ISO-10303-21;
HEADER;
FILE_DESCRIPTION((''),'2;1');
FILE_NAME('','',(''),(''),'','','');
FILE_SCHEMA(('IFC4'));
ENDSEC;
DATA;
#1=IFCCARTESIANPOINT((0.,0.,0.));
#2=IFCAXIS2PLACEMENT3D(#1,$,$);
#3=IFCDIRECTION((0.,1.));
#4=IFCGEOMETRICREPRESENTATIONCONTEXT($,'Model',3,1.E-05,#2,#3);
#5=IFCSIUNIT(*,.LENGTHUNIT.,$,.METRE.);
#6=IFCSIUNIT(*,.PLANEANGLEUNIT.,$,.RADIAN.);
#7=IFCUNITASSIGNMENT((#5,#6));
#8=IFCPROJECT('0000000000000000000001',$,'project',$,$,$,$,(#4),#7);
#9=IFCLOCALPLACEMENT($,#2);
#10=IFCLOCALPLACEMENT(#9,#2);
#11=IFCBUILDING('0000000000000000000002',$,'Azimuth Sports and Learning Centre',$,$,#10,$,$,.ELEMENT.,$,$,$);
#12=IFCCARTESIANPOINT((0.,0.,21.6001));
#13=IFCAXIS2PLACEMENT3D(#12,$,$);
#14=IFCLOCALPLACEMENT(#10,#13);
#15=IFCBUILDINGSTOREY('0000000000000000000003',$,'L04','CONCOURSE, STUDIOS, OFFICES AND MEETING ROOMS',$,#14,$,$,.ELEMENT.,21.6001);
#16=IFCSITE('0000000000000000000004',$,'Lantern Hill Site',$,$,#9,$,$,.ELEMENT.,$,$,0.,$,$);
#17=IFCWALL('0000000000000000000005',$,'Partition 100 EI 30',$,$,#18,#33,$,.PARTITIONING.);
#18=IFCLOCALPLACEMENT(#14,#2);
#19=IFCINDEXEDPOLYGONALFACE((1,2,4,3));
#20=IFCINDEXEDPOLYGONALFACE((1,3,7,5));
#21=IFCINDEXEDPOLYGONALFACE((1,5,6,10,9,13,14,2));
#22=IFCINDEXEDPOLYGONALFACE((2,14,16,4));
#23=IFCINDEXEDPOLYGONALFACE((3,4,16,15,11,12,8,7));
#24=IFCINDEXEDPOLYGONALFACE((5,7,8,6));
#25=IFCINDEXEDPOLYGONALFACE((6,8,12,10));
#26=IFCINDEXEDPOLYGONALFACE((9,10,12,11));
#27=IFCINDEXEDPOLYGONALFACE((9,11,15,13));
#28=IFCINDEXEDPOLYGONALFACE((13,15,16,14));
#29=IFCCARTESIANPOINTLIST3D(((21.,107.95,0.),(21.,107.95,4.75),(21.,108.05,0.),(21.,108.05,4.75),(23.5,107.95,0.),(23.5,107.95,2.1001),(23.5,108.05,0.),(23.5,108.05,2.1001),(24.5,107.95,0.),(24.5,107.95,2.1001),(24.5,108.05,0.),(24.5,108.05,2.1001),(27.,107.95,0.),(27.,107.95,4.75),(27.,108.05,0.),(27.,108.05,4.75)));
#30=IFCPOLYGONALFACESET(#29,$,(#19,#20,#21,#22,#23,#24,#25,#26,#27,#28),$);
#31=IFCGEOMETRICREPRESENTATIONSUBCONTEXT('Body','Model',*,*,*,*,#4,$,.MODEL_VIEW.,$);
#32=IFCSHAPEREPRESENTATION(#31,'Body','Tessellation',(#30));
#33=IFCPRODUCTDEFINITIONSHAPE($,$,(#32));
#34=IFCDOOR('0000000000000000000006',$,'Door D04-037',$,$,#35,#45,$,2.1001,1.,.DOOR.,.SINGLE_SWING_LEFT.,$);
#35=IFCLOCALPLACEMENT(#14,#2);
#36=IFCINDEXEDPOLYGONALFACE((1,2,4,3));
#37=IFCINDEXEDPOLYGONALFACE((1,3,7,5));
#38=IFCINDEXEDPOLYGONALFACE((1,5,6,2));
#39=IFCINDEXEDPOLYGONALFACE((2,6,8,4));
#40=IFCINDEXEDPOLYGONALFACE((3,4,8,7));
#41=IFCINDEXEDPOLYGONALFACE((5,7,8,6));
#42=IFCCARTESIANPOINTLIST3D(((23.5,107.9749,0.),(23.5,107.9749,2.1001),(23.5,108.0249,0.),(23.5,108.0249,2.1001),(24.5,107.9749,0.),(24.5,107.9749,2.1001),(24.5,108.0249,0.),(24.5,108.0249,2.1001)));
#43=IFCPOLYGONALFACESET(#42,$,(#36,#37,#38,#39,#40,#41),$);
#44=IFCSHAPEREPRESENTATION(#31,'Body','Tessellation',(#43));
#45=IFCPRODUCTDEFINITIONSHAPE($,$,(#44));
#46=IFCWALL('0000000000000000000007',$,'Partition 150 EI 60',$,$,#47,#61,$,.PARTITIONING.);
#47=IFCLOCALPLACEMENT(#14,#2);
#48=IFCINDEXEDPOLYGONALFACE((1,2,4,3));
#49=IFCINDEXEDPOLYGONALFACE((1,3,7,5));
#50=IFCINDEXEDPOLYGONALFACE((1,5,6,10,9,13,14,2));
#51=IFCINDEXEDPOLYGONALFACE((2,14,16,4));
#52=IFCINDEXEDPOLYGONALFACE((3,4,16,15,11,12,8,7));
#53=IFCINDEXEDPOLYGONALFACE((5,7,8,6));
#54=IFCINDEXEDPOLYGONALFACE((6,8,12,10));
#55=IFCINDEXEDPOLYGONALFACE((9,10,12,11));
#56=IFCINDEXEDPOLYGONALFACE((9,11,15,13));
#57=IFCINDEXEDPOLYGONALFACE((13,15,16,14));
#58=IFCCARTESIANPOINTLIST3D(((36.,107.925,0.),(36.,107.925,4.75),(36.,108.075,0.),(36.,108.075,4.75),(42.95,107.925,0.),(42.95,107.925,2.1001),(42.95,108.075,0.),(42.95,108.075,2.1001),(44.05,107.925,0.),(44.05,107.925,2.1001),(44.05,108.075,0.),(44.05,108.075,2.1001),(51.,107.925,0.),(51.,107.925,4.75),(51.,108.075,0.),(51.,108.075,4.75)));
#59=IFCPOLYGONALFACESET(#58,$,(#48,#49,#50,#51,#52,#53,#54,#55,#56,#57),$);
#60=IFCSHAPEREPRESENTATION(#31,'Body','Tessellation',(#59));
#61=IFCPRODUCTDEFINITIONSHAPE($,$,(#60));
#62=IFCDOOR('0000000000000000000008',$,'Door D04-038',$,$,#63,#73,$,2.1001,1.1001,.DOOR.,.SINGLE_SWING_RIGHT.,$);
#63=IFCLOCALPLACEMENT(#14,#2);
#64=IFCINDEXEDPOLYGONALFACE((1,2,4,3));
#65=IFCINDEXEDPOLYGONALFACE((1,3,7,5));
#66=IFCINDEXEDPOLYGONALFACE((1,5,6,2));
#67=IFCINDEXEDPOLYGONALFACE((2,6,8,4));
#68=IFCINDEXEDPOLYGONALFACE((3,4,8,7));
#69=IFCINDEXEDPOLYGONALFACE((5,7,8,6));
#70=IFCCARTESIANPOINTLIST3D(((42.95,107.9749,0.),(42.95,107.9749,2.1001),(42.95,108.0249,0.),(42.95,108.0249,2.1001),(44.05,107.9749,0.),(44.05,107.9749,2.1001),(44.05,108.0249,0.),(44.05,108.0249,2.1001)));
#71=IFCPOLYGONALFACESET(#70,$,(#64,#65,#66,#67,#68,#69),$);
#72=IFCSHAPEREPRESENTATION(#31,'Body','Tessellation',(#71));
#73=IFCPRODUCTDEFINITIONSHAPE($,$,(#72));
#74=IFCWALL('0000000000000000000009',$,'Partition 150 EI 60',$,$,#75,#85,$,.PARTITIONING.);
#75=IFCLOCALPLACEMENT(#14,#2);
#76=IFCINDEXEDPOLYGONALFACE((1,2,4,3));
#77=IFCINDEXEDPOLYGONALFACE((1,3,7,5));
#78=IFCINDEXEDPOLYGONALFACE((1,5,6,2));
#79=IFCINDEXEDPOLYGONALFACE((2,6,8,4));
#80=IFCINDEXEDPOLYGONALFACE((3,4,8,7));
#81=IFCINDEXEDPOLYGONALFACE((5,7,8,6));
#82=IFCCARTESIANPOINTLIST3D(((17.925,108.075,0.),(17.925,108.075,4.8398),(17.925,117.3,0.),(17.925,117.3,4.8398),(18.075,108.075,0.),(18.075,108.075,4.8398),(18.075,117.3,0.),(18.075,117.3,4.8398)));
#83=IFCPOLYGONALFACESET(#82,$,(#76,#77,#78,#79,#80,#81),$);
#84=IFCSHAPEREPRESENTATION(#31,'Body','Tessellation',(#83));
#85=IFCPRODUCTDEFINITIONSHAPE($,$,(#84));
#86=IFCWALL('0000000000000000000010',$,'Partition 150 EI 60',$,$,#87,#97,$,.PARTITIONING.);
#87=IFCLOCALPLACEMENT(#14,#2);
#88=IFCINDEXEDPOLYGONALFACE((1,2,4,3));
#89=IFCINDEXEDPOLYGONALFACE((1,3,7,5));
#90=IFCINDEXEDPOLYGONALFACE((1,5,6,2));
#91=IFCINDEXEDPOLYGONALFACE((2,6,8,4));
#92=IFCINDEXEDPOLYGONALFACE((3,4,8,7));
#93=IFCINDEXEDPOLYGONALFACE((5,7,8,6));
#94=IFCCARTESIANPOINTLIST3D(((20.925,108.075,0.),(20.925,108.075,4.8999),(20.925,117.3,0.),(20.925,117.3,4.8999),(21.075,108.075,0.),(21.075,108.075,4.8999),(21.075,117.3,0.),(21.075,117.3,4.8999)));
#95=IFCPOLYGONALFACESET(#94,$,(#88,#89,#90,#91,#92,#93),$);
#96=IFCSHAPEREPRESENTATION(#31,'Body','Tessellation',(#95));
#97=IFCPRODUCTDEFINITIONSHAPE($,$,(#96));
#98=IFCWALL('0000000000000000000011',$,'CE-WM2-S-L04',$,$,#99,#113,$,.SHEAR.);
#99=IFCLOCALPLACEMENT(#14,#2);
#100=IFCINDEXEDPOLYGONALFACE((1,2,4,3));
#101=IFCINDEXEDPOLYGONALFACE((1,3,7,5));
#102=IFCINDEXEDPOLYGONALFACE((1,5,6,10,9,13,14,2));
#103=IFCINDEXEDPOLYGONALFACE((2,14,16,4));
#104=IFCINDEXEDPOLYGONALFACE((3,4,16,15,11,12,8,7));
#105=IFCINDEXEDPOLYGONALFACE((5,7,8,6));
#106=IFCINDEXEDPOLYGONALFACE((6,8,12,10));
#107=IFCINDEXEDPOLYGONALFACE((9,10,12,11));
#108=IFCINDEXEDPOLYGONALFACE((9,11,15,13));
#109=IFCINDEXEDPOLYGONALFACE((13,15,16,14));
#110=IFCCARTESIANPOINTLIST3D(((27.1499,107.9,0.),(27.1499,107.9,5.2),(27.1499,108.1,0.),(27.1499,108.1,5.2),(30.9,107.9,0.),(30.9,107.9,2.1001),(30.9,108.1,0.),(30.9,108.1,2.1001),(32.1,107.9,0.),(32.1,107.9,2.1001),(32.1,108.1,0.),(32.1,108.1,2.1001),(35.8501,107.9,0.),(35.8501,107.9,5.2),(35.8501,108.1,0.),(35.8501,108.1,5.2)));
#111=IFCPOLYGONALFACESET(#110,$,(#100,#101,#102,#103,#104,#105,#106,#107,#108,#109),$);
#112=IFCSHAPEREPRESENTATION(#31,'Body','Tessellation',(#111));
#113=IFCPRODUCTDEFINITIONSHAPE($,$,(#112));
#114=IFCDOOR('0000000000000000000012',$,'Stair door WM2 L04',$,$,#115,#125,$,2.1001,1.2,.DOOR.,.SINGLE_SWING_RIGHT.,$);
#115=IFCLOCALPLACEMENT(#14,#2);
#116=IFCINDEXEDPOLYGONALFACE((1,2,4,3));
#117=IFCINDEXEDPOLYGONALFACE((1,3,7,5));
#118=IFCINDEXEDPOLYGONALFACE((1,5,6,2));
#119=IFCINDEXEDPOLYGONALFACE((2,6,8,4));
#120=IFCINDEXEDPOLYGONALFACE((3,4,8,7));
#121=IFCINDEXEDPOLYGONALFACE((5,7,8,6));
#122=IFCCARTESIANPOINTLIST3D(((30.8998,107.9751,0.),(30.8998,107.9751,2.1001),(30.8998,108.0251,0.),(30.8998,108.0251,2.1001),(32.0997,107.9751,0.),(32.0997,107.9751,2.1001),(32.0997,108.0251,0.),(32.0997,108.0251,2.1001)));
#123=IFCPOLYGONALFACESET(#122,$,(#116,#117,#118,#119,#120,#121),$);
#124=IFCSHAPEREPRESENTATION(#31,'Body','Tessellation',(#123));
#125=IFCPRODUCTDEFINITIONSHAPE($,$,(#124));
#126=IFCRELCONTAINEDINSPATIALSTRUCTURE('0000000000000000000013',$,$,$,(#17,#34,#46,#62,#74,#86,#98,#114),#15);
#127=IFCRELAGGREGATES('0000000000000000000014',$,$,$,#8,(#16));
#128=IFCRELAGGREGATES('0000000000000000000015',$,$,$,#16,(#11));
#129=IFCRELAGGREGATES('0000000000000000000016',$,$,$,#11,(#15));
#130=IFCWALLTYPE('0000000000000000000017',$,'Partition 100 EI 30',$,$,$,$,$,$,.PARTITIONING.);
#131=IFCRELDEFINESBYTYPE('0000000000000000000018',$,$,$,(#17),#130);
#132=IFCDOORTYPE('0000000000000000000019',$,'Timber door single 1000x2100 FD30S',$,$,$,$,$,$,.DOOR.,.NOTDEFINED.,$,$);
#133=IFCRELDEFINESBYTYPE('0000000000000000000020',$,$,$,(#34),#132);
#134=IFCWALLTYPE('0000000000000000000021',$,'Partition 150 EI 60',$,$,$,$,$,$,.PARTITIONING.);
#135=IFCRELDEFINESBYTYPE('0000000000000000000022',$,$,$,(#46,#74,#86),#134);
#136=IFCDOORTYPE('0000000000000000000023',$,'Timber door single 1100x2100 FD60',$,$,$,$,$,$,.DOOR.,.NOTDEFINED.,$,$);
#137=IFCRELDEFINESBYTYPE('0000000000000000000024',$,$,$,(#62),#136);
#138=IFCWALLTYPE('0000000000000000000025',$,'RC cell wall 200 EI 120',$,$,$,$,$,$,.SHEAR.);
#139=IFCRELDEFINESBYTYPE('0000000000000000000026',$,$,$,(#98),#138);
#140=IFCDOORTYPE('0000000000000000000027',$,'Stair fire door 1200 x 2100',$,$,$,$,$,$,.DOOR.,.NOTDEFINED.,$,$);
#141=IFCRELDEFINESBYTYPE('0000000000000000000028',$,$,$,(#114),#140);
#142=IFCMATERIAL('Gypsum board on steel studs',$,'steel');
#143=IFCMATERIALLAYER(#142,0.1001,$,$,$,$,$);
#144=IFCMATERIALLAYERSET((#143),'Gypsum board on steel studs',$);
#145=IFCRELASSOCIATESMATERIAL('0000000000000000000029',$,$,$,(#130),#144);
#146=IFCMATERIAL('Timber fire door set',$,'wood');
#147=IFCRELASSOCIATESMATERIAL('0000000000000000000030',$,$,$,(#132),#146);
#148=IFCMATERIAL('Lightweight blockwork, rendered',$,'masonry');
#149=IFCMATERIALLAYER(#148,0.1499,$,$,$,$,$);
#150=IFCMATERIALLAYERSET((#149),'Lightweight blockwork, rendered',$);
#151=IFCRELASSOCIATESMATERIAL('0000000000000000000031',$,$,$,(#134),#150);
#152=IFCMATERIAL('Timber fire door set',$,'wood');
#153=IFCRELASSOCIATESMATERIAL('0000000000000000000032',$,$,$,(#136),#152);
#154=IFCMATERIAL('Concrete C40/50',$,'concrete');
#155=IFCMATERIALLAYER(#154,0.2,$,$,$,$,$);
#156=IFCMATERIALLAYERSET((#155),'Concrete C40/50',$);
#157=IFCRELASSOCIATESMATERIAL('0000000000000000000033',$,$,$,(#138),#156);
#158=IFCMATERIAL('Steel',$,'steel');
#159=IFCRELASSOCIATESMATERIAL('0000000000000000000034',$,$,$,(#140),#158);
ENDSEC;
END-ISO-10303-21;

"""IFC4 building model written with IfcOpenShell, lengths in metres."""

from ifc_helpers import new_model, si_unit, direction, frame, frame_2d, origin, place, context, subcontext, project, spatial, rectangle, extrude, material, layer, layer_set, type_object, element, fill, save


model = new_model("IFC4")

# Units and contexts
model_context = context("Model", 3, precision=1e-05, world=origin(), true_north=direction((0.0, 1.0)))
body_context = subcontext(model_context, "Body", "Model", "MODEL_VIEW")
ifc_project = project(units=[si_unit("LENGTHUNIT", "METRE"), si_unit("PLANEANGLEUNIT", "RADIAN")], contexts=[model_context])

# Site, building, storey
site_placement = place(None, origin())
site = spatial("IfcSite", under=ifc_project, at=site_placement, Name="Lantern Hill Site", CompositionType="ELEMENT", RefElevation=0.0)
building_placement = place(site_placement, origin())
building = spatial("IfcBuilding", under=site, at=building_placement, Name="Azimuth Sports and Learning Centre", CompositionType="ELEMENT")
storey_placement = place(building_placement, frame((0.0, 0.0, 21.6001)))
storey = spatial("IfcBuildingStorey", under=building, at=storey_placement, Name="L04", Description="CONCOURSE, STUDIOS, OFFICES AND MEETING ROOMS", CompositionType="ELEMENT", Elevation=21.6001)

# Walls, openings, doors
ifc_material_1 = material(Name="Gypsum board on steel studs", Category="steel")
ifc_layer_1 = layer(ifc_material_1, 0.1001)
ifc_layer_set_1 = layer_set([ifc_layer_1], Name="Gypsum board on steel studs")
wall_type_1 = type_object("IfcWallType", Name="Partition 100 EI 30", PredefinedType="PARTITIONING", material=ifc_layer_set_1)
wall_1_placement = place(storey_placement, frame((21.0, 108.0, 0.0), z_axis=(0.0, 0.0, 1.0), x_axis=(1.0, 0.0, 0.0)))
wall_1 = element("IfcWall", 1, at=wall_1_placement, inside=storey, type_object=wall_type_1, Name="Partition 100 EI 30", PredefinedType="PARTITIONING", context=body_context, shape_type="SweptSolid", body=[
    extrude(rectangle(XDim=6.0, YDim=0.1001, at=frame_2d((3.0, 0.0))), origin(), (0.0, 0.0, 1.0), 4.75),
])
opening_1_placement = place(wall_1_placement, frame((2.5, 0.0, 0.0)))
opening_1 = element("IfcOpeningElement", 2, at=opening_1_placement, cuts=wall_1, PredefinedType="OPENING", context=body_context, shape_type="SweptSolid", body=[
    extrude(rectangle(XDim=1.0, YDim=2.1001, at=frame_2d((0.5, 1.05))), frame((0.0, 0.061, 0.0), z_axis=(0.0, -1.0, 0.0), x_axis=(1.0, 0.0, 0.0)), (0.0, 0.0, 1.0), 0.1221),
])
ifc_material_2 = material(Name="Timber fire door set", Category="wood")
door_type_1 = type_object("IfcDoorType", Name="Timber door single 1000x2100 FD30S", OperationType="NOTDEFINED", PredefinedType="DOOR", material=ifc_material_2)
door_1_placement = place(opening_1_placement, origin())
door_1 = element("IfcDoor", 3, at=door_1_placement, inside=storey, type_object=door_type_1, Name="Door D04-037", OperationType="SINGLE_SWING_LEFT", OverallHeight=2.1001, OverallWidth=1.0, PredefinedType="DOOR", context=body_context, shape_type="SweptSolid", body=[
    extrude(rectangle(XDim=1.0, YDim=2.1001, at=frame_2d((0.5, 1.05))), frame((0.0, 0.0249, 0.0), z_axis=(0.0, -1.0, 0.0), x_axis=(1.0, 0.0, 0.0)), (0.0, 0.0, 1.0), 0.05),
])
fill(opening_1, door_1)
ifc_material_3 = material(Name="Lightweight blockwork, rendered", Category="masonry")
ifc_layer_2 = layer(ifc_material_3, 0.1499)
ifc_layer_set_2 = layer_set([ifc_layer_2], Name="Lightweight blockwork, rendered")
wall_type_2 = type_object("IfcWallType", Name="Partition 150 EI 60", PredefinedType="PARTITIONING", material=ifc_layer_set_2)
wall_2_placement = place(storey_placement, frame((36.0, 108.0, 0.0), z_axis=(0.0, 0.0, 1.0), x_axis=(1.0, 0.0, 0.0)))
wall_2 = element("IfcWall", 4, at=wall_2_placement, inside=storey, type_object=wall_type_2, Name="Partition 150 EI 60", PredefinedType="PARTITIONING", context=body_context, shape_type="SweptSolid", body=[
    extrude(rectangle(XDim=15.0, YDim=0.1499, at=frame_2d((7.5, 0.0))), origin(), (0.0, 0.0, 1.0), 4.75),
])
opening_2_placement = place(wall_2_placement, frame((6.95, 0.0, 0.0)))
opening_2 = element("IfcOpeningElement", 5, at=opening_2_placement, cuts=wall_2, PredefinedType="OPENING", context=body_context, shape_type="SweptSolid", body=[
    extrude(rectangle(XDim=1.1001, YDim=2.1001, at=frame_2d((0.55, 1.05))), frame((0.0, 0.0859, 0.0), z_axis=(0.0, -1.0, 0.0), x_axis=(1.0, 0.0, 0.0)), (0.0, 0.0, 1.0), 0.1719),
])
ifc_material_4 = material(Name="Timber fire door set", Category="wood")
door_type_2 = type_object("IfcDoorType", Name="Timber door single 1100x2100 FD60", OperationType="NOTDEFINED", PredefinedType="DOOR", material=ifc_material_4)
door_2_placement = place(opening_2_placement, origin())
door_2 = element("IfcDoor", 6, at=door_2_placement, inside=storey, type_object=door_type_2, Name="Door D04-038", OperationType="SINGLE_SWING_RIGHT", OverallHeight=2.1001, OverallWidth=1.1001, PredefinedType="DOOR", context=body_context, shape_type="SweptSolid", body=[
    extrude(rectangle(XDim=1.1001, YDim=2.1001, at=frame_2d((0.55, 1.05))), frame((0.0, 0.0249, 0.0), z_axis=(0.0, -1.0, 0.0), x_axis=(1.0, 0.0, 0.0)), (0.0, 0.0, 1.0), 0.05),
])
fill(opening_2, door_2)

# Walls
wall_3_placement = place(storey_placement, frame((18.0, 108.075, 0.0), z_axis=(0.0, 0.0, 1.0), x_axis=(0.0, 1.0, 0.0)))
element("IfcWall", 7, at=wall_3_placement, inside=storey, type_object=wall_type_2, Name="Partition 150 EI 60", PredefinedType="PARTITIONING", context=body_context, shape_type="SweptSolid", body=[
    extrude(rectangle(XDim=9.2251, YDim=0.1499, at=frame_2d((4.6125, 0.0))), origin(), (0.0, 0.0, 1.0), 4.8398),
])
wall_4_placement = place(storey_placement, frame((21.0, 108.075, 0.0), z_axis=(0.0, 0.0, 1.0), x_axis=(0.0, 1.0, 0.0)))
element("IfcWall", 8, at=wall_4_placement, inside=storey, type_object=wall_type_2, Name="Partition 150 EI 60", PredefinedType="PARTITIONING", context=body_context, shape_type="SweptSolid", body=[
    extrude(rectangle(XDim=9.2251, YDim=0.1499, at=frame_2d((4.6125, 0.0))), origin(), (0.0, 0.0, 1.0), 4.8999),
])

# Wall, opening, door
ifc_material_5 = material(Name="Concrete C40/50", Category="concrete")
ifc_layer_3 = layer(ifc_material_5, 0.2)
ifc_layer_set_3 = layer_set([ifc_layer_3], Name="Concrete C40/50")
wall_type_3 = type_object("IfcWallType", Name="RC cell wall 200 EI 120", PredefinedType="SHEAR", material=ifc_layer_set_3)
wall_5_placement = place(storey_placement, frame((27.1499, 108.0, 0.0), z_axis=(0.0, 0.0, 1.0), x_axis=(1.0, 0.0, 0.0)))
wall_5 = element("IfcWall", 9, at=wall_5_placement, inside=storey, type_object=wall_type_3, Name="CE-WM2-S-L04", PredefinedType="SHEAR", context=body_context, shape_type="SweptSolid", body=[
    extrude(rectangle(XDim=8.7002, YDim=0.2, at=frame_2d((4.3501, 0.0))), origin(), (0.0, 0.0, 1.0), 5.2),
])
opening_3_placement = place(wall_5_placement, frame((3.75, 0.0, 0.0)))
opening_3 = element("IfcOpeningElement", 10, at=opening_3_placement, cuts=wall_5, PredefinedType="OPENING", context=body_context, shape_type="SweptSolid", body=[
    extrude(rectangle(XDim=1.2, YDim=2.1001, at=frame_2d((0.6001, 1.05))), frame((0.0, 0.1108, 0.0), z_axis=(0.0, -1.0, 0.0), x_axis=(1.0, 0.0, 0.0)), (0.0, 0.0, 1.0), 0.2219),
])
ifc_material_6 = material(Name="Steel", Category="steel")
door_type_3 = type_object("IfcDoorType", Name="Stair fire door 1200 x 2100", OperationType="NOTDEFINED", PredefinedType="DOOR", material=ifc_material_6)
door_3_placement = place(opening_3_placement, frame((1.2, 0.0, 0.0), z_axis=(0.0, 0.0, 1.0), x_axis=(-1.0, 0.0, 0.0)))
door_3 = element("IfcDoor", 11, at=door_3_placement, inside=storey, type_object=door_type_3, Name="Stair door WM2 L04", OperationType="SINGLE_SWING_RIGHT", OverallHeight=2.1001, OverallWidth=1.2, PredefinedType="DOOR", context=body_context, shape_type="SweptSolid", body=[
    extrude(rectangle(XDim=1.2, YDim=2.1001, at=frame_2d((0.6001, 1.05))), frame((0.0, 0.0249, 0.0), z_axis=(0.0, -1.0, 0.0), x_axis=(1.0, 0.0, 0.0)), (0.0, 0.0, 1.0), 0.05),
])
fill(opening_3, door_3)

save(model, "model.ifc")
